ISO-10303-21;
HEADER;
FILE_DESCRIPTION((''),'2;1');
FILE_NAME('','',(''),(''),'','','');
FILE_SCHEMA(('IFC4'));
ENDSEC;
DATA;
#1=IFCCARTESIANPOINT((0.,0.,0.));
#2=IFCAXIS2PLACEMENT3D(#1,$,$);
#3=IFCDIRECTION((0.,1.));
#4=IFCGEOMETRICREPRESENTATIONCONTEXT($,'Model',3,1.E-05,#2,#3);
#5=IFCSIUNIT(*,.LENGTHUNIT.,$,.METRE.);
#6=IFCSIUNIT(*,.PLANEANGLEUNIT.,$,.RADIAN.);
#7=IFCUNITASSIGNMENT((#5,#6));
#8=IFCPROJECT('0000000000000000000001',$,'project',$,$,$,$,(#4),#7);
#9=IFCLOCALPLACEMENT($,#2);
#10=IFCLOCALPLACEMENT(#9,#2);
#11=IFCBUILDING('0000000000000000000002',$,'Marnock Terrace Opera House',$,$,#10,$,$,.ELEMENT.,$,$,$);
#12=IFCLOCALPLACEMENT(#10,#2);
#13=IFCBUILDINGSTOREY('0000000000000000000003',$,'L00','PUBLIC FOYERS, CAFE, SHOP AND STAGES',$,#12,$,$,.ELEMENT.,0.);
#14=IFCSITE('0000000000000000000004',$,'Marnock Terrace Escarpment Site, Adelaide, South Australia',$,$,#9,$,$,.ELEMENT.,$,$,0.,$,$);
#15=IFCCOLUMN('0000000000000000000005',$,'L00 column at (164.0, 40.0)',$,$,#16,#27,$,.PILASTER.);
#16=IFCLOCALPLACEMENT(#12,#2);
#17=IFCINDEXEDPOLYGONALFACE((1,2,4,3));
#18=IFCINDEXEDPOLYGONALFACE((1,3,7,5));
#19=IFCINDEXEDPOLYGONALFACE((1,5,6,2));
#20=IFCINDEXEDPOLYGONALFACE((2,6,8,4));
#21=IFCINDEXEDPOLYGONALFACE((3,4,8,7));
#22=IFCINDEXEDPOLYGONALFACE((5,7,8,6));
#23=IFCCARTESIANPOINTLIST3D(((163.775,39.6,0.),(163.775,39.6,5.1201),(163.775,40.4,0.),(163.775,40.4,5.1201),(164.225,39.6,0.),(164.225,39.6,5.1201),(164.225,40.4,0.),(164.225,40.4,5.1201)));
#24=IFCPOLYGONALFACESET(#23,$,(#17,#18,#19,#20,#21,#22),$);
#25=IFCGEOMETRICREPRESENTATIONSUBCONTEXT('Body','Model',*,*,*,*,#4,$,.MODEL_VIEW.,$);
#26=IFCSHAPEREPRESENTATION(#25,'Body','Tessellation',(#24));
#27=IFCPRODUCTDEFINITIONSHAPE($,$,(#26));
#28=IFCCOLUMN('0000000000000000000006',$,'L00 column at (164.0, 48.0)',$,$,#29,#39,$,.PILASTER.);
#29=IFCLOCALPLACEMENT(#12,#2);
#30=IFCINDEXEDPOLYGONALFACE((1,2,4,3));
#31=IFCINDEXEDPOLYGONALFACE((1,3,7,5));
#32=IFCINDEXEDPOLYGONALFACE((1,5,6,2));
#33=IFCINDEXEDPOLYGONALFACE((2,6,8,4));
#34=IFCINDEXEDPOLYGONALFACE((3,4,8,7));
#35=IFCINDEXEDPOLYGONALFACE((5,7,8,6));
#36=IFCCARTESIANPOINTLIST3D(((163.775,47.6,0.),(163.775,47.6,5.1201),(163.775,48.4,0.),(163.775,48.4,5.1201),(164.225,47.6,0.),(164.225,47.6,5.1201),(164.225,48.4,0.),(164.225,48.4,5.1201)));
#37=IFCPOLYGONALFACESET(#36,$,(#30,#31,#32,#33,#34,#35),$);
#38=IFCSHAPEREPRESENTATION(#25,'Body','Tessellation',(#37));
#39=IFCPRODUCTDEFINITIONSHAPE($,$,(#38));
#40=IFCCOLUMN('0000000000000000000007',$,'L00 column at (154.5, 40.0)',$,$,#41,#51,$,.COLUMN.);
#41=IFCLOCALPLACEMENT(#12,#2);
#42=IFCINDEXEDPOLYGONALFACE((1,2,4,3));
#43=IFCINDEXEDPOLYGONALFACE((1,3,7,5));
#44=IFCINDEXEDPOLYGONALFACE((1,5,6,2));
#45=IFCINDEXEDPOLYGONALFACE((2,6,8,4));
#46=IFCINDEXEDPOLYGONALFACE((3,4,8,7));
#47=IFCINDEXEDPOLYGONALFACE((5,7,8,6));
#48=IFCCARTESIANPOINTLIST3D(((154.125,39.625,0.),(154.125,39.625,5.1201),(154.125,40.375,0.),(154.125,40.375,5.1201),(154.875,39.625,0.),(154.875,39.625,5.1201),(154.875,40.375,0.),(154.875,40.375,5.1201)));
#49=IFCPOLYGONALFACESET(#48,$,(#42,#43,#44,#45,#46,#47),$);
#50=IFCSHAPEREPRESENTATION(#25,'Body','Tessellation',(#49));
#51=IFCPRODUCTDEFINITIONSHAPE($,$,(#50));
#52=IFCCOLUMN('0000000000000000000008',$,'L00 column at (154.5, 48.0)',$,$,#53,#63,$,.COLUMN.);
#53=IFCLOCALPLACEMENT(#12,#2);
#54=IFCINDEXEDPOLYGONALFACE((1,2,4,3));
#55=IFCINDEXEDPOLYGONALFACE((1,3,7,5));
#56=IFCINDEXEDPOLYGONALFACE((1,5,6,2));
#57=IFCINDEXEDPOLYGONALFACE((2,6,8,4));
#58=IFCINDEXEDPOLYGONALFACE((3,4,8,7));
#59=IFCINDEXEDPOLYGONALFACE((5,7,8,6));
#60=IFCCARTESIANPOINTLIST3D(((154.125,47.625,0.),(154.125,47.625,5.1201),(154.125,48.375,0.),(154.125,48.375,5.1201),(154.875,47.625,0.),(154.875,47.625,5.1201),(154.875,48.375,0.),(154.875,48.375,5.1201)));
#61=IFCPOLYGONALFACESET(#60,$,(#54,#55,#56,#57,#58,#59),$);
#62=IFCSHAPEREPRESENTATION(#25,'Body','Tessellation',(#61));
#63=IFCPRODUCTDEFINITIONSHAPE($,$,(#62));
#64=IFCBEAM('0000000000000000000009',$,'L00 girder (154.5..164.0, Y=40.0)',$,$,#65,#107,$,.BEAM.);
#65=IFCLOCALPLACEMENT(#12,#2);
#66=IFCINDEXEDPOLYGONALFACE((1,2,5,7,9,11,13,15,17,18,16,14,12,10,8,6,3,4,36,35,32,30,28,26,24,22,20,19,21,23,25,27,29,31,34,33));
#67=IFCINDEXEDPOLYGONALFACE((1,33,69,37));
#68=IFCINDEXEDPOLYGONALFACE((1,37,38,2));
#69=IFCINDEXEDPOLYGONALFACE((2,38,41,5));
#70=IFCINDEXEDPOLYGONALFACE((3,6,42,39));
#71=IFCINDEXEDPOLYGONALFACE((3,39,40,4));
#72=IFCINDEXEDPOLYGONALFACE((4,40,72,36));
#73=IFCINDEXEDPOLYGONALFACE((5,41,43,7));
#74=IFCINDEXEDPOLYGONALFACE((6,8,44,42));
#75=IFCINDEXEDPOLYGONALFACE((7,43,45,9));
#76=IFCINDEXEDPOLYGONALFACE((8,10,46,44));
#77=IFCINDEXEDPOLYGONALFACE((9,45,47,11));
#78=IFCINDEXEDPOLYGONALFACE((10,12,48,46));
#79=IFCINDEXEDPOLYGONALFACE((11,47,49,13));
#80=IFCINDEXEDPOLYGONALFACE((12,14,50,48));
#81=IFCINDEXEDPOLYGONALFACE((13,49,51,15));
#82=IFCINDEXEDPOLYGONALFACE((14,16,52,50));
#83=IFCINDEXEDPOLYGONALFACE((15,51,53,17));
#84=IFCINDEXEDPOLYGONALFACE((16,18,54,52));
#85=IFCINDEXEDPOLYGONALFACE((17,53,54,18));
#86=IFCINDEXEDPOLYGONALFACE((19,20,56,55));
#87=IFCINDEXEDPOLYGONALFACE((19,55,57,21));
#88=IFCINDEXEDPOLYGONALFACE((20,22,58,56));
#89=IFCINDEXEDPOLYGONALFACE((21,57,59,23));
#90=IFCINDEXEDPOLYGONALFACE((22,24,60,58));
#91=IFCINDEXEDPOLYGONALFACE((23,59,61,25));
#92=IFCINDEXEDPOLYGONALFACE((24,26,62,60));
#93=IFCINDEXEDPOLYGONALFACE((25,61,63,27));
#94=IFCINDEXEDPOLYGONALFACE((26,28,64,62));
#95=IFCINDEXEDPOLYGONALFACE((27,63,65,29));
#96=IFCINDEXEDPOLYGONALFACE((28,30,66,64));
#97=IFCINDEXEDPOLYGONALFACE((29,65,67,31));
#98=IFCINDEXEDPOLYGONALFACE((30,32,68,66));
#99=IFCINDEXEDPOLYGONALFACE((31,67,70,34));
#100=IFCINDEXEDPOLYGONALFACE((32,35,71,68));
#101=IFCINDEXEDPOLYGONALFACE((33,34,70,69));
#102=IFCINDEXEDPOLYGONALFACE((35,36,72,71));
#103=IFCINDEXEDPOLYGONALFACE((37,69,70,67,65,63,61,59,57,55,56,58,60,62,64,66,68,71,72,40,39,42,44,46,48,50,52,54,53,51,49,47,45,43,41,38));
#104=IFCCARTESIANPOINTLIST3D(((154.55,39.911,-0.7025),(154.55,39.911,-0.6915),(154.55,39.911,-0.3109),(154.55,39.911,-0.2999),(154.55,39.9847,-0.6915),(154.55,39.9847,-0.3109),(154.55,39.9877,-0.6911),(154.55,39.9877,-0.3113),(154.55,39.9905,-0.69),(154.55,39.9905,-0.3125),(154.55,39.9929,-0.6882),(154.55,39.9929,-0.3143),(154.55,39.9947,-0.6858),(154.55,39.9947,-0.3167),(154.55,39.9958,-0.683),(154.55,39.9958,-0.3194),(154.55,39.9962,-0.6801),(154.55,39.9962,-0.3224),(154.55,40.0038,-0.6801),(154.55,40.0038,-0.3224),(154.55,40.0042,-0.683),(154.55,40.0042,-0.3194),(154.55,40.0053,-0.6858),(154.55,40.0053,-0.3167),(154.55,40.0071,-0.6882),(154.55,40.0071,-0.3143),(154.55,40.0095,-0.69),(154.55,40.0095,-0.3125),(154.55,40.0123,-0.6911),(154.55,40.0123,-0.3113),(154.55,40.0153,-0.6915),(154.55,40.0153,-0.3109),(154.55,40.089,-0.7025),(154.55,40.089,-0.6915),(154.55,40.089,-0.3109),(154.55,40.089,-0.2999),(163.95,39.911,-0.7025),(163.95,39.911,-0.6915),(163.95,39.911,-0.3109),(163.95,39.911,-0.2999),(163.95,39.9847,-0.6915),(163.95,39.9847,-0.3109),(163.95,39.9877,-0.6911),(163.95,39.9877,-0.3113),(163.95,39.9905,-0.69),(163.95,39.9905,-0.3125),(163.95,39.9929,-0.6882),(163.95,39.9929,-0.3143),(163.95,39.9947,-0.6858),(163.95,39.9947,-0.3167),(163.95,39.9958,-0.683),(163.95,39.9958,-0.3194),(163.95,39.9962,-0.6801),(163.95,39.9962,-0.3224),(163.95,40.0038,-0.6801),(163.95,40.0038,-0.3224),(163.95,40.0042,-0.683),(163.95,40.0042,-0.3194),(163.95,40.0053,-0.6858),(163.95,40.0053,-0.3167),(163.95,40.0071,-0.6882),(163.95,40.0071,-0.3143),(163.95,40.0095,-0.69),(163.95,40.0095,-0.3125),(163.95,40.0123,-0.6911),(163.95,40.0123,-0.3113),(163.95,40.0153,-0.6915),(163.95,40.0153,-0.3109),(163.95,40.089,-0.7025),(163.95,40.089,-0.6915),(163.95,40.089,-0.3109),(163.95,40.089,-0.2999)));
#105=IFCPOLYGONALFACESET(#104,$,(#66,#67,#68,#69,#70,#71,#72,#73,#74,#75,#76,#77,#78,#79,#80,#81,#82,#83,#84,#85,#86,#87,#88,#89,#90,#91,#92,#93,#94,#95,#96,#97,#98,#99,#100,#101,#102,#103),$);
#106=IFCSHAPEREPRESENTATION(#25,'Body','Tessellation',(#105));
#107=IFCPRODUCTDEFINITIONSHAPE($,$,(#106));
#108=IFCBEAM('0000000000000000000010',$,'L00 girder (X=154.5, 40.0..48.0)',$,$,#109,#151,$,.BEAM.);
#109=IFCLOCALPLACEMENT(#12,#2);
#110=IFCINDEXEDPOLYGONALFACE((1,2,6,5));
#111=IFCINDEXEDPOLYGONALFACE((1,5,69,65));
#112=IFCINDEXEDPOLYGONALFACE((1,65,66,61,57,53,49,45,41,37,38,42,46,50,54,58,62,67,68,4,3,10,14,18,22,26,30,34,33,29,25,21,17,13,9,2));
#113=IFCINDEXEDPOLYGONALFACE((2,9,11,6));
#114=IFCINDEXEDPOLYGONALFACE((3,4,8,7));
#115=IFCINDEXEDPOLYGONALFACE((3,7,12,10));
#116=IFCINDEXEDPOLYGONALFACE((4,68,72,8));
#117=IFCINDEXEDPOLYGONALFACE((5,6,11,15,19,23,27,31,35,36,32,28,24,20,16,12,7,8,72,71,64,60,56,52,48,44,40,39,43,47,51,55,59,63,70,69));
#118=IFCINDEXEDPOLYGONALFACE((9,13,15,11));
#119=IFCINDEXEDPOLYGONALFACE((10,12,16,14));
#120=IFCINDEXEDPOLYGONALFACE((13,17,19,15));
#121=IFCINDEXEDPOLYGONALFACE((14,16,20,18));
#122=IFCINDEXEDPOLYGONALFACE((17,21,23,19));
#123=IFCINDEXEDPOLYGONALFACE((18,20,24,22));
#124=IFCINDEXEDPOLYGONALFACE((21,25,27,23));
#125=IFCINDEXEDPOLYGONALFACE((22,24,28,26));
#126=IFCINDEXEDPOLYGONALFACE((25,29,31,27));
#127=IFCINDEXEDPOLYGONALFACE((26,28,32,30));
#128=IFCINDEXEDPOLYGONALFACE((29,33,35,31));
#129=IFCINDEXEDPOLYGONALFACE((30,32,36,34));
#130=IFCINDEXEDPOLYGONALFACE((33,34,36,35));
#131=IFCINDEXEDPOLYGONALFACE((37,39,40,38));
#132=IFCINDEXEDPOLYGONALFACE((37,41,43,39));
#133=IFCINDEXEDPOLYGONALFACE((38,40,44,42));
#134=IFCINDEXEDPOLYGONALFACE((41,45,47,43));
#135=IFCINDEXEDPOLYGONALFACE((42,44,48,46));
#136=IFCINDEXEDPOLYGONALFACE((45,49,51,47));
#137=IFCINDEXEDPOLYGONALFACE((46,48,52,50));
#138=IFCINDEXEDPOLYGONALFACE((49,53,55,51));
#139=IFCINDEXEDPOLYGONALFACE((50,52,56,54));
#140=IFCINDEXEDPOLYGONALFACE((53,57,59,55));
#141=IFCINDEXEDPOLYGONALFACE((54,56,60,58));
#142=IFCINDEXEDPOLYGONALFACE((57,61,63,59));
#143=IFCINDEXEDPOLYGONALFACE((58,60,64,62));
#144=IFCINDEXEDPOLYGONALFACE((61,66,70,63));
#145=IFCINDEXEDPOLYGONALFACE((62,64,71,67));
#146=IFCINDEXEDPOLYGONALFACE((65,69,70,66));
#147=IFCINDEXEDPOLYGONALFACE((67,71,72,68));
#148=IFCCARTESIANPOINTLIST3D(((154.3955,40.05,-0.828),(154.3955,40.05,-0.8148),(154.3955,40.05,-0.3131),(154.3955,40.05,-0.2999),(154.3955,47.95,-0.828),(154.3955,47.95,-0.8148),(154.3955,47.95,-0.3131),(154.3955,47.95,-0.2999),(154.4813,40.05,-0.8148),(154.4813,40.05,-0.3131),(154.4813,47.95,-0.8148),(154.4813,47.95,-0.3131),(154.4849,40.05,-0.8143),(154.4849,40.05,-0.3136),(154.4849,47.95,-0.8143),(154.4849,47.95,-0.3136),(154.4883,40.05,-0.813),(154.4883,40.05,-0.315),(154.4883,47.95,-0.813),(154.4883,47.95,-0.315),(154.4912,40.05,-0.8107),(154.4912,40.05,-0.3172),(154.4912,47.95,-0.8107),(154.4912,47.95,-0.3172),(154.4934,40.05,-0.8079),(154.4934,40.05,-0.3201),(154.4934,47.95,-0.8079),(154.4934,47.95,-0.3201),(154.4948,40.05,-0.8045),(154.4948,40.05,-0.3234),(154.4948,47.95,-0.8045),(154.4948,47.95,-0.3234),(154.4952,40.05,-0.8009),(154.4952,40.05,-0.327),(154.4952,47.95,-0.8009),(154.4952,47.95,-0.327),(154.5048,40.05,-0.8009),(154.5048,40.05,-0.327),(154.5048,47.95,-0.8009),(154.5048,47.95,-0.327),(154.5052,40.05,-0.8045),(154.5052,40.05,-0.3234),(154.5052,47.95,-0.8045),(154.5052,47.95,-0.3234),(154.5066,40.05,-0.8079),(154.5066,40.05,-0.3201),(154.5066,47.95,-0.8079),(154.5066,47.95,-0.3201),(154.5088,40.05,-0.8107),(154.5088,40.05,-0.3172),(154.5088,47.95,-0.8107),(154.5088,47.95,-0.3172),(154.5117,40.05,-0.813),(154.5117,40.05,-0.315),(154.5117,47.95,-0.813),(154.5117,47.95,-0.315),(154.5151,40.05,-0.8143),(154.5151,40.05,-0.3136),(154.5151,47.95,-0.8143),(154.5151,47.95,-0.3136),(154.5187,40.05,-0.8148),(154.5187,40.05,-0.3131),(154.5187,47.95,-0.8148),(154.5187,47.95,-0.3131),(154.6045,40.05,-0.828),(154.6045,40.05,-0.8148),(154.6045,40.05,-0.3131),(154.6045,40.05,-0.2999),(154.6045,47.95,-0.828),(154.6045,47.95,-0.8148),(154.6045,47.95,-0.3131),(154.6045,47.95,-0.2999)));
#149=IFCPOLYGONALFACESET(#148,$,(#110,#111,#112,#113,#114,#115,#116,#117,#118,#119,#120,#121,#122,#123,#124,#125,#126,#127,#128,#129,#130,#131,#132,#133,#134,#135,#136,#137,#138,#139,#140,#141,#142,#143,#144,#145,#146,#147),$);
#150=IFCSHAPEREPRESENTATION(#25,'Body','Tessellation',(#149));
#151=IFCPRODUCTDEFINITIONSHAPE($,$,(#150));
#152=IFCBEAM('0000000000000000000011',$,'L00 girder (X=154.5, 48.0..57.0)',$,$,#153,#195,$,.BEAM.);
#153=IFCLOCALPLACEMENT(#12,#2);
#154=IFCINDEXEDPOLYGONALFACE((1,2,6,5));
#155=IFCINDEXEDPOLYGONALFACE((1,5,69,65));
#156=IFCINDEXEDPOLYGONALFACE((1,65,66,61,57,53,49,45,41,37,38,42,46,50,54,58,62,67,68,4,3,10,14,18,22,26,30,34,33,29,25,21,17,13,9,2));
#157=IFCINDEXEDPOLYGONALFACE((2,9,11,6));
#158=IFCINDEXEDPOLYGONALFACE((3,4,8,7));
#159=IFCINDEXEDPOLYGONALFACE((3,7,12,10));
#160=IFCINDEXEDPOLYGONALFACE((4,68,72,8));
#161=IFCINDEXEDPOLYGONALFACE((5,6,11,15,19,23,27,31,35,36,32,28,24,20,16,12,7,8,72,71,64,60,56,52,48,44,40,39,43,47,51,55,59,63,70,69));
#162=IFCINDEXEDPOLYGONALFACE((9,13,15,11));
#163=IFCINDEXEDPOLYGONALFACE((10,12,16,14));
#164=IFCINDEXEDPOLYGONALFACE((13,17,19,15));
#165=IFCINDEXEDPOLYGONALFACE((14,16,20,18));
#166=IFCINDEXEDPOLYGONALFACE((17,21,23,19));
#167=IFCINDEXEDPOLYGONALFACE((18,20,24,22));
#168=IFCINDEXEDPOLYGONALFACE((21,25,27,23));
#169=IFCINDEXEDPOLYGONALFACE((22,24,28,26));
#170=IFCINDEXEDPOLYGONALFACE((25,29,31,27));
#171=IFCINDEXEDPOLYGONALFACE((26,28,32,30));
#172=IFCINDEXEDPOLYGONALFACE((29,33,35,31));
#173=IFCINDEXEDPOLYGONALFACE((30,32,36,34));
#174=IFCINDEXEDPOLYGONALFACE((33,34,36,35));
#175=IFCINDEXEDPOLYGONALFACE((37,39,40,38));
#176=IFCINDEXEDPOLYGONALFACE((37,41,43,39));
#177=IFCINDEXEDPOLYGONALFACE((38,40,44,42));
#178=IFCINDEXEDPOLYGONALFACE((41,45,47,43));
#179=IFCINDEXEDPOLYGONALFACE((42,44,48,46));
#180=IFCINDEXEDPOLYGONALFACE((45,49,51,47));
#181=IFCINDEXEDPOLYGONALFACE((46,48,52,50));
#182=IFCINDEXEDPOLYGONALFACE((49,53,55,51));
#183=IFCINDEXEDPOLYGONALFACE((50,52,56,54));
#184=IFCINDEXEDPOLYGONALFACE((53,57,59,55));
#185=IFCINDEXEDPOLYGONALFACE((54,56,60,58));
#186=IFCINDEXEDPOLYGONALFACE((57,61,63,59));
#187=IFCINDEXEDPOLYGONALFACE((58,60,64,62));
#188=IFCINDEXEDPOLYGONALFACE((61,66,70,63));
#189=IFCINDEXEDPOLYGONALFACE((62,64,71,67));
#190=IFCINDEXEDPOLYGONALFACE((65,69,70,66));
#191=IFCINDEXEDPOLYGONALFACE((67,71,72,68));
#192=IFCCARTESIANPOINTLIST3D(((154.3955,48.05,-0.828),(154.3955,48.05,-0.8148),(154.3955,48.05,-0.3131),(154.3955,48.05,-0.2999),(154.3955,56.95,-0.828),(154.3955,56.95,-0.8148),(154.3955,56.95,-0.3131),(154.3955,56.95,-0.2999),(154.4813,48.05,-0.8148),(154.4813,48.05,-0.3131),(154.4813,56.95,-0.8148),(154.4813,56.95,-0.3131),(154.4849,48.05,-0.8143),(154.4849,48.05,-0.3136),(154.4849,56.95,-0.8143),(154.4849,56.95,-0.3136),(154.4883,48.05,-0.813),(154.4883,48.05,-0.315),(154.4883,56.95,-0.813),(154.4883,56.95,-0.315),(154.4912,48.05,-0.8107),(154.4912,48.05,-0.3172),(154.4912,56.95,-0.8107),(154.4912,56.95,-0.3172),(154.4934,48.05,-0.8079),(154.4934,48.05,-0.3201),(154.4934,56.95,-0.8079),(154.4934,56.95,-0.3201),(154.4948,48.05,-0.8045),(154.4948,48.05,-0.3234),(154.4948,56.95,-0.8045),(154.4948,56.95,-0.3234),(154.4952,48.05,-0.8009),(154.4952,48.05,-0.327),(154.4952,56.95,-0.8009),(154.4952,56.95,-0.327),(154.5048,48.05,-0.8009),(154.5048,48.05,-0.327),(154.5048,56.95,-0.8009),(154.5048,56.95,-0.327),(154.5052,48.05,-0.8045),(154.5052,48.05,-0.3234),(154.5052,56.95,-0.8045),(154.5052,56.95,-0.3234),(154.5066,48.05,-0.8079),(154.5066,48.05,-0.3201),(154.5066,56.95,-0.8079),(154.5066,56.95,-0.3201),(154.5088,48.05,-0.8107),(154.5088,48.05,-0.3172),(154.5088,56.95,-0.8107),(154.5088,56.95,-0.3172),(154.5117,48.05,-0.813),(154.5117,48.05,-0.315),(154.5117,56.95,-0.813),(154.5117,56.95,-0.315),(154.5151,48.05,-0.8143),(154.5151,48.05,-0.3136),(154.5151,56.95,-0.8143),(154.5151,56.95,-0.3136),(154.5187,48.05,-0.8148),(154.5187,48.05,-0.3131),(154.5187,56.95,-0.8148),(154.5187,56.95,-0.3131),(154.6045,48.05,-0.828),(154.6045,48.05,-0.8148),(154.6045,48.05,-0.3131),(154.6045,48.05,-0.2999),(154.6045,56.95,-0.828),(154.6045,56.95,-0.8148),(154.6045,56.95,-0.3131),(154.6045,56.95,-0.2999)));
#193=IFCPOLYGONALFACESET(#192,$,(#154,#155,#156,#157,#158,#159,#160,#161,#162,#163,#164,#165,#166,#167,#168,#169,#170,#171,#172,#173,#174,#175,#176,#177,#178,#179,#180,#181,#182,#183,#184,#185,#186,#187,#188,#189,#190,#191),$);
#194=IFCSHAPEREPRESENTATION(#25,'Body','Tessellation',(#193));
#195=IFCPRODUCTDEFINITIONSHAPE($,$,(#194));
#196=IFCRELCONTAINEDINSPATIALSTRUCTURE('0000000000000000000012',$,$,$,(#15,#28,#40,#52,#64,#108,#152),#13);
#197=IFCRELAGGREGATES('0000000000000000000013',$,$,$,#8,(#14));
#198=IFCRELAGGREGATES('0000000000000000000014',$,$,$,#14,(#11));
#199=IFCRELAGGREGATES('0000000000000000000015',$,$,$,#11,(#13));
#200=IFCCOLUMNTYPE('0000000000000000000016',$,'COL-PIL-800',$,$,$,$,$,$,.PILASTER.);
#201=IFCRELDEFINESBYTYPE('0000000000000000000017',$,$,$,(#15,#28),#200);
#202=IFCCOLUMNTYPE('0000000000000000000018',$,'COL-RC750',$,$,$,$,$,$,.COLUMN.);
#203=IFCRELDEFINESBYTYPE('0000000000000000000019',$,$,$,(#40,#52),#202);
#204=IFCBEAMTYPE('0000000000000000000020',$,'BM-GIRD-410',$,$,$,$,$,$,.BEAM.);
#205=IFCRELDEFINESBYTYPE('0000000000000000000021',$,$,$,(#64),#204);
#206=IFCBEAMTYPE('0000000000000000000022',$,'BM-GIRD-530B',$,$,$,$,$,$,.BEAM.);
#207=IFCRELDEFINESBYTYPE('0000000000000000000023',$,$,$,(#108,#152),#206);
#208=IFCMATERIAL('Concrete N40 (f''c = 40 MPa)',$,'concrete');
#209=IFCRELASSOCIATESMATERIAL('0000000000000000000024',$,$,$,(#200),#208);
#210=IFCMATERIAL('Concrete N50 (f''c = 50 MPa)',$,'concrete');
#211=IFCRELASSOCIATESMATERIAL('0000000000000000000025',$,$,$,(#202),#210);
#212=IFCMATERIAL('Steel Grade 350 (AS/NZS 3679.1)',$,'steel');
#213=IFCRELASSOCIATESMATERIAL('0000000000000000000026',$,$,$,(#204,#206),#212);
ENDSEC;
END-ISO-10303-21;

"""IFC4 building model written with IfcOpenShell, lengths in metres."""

from ifc_helpers import new_model, si_unit, direction, frame, origin, origin_2d, place, context, subcontext, project, spatial, rectangle, i_section, extrude, material, material_profile, profile_set, type_object, element, save


model = new_model("IFC4")

# Units and contexts
model_context = context("Model", 3, precision=1e-05, world=origin(), true_north=direction((0.0, 1.0)))
body_context = subcontext(model_context, "Body", "Model", "MODEL_VIEW")
ifc_project = project(units=[si_unit("LENGTHUNIT", "METRE"), si_unit("PLANEANGLEUNIT", "RADIAN")], contexts=[model_context])

# Site, building, storey
site_placement = place(None, origin())
site = spatial("IfcSite", under=ifc_project, at=site_placement, Name="Marnock Terrace Escarpment Site, Adelaide, South Australia", CompositionType="ELEMENT", RefElevation=0.0)
building_placement = place(site_placement, origin())
building = spatial("IfcBuilding", under=site, at=building_placement, Name="Marnock Terrace Opera House", CompositionType="ELEMENT")
storey_placement = place(building_placement, origin())
storey = spatial("IfcBuildingStorey", under=building, at=storey_placement, Name="L00", Description="PUBLIC FOYERS, CAFE, SHOP AND STAGES", CompositionType="ELEMENT", Elevation=0.0)

# Columns
ifc_material_1 = material(Name="Concrete N40 (f'c = 40 MPa)", Category="concrete")
ifc_material_profile_1 = material_profile(ifc_material_1, rectangle(XDim=0.45, YDim=0.8, at=origin_2d()))
ifc_profile_set_1 = profile_set([ifc_material_profile_1], Name="Concrete N40 (f'c = 40 MPa)")
column_type_1 = type_object("IfcColumnType", Name="COL-PIL-800", PredefinedType="PILASTER", material=ifc_profile_set_1)
for number, where, z_axis, x_axis, name in (
    (1, (164.0, 40.0, 0.0), (0.0, 0.0, 1.0), (1.0, 0.0, 0.0), "L00 column at (164.0, 40.0)"),
    (2, (164.0, 48.0, 0.0), (0.0, 0.0, 1.0), (1.0, 0.0, 0.0), "L00 column at (164.0, 48.0)"),
):
    element("IfcColumn", number, at=place(storey_placement, frame(where, z_axis=z_axis, x_axis=x_axis)), inside=storey, type_object=column_type_1, Name=name, PredefinedType="PILASTER", context=body_context, shape_type="SweptSolid", body=[
        extrude(rectangle(XDim=0.45, YDim=0.8, at=origin_2d()), origin(), (0.0, 0.0, 1.0), 5.1201),
    ])
ifc_material_2 = material(Name="Concrete N50 (f'c = 50 MPa)", Category="concrete")
ifc_material_profile_2 = material_profile(ifc_material_2, rectangle(XDim=0.75, YDim=0.75, at=origin_2d()))
ifc_profile_set_2 = profile_set([ifc_material_profile_2], Name="Concrete N50 (f'c = 50 MPa)")
column_type_2 = type_object("IfcColumnType", Name="COL-RC750", PredefinedType="COLUMN", material=ifc_profile_set_2)
for number, where, z_axis, x_axis, name in (
    (3, (154.5, 40.0, 0.0), (0.0, 0.0, 1.0), (1.0, 0.0, 0.0), "L00 column at (154.5, 40.0)"),
    (4, (154.5, 48.0, 0.0), (0.0, 0.0, 1.0), (1.0, 0.0, 0.0), "L00 column at (154.5, 48.0)"),
):
    element("IfcColumn", number, at=place(storey_placement, frame(where, z_axis=z_axis, x_axis=x_axis)), inside=storey, type_object=column_type_2, Name=name, PredefinedType="COLUMN", context=body_context, shape_type="SweptSolid", body=[
        extrude(rectangle(XDim=0.75, YDim=0.75, at=origin_2d()), origin(), (0.0, 0.0, 1.0), 5.1201),
    ])

# Beams
ifc_material_3 = material(Name="Steel Grade 350 (AS/NZS 3679.1)", Category="steel")
ifc_material_profile_3 = material_profile(ifc_material_3, i_section(OverallWidth=0.178, OverallDepth=0.4026, WebThickness=0.0076, FlangeThickness=0.011, FilletRadius=0.0115, at=origin_2d()))
ifc_profile_set_3 = profile_set([ifc_material_profile_3], Name="Steel Grade 350 (AS/NZS 3679.1)")
beam_type_1 = type_object("IfcBeamType", Name="BM-GIRD-410", PredefinedType="BEAM", material=ifc_profile_set_3)
beam_1_placement = place(storey_placement, frame((154.55, 40.0, -0.5012), z_axis=(1.0, 0.0, 0.0), x_axis=(0.0, 1.0, 0.0)))
element("IfcBeam", 5, at=beam_1_placement, inside=storey, type_object=beam_type_1, Name="L00 girder (154.5..164.0, Y=40.0)", PredefinedType="BEAM", context=body_context, shape_type="SweptSolid", body=[
    extrude(i_section(OverallWidth=0.178, OverallDepth=0.4026, WebThickness=0.0076, FlangeThickness=0.011, FilletRadius=0.0115, at=origin_2d()), origin(), (0.0, 0.0, 1.0), 9.3999),
])
ifc_material_profile_4 = material_profile(ifc_material_3, i_section(OverallWidth=0.209, OverallDepth=0.5281, WebThickness=0.0095, FlangeThickness=0.0132, FilletRadius=0.0139, at=origin_2d()))
ifc_profile_set_4 = profile_set([ifc_material_profile_4], Name="Steel Grade 350 (AS/NZS 3679.1)")
beam_type_2 = type_object("IfcBeamType", Name="BM-GIRD-530B", PredefinedType="BEAM", material=ifc_profile_set_4)
beam_2_placement = place(storey_placement, frame((154.5, 40.05, -0.564), z_axis=(0.0, 1.0, 0.0), x_axis=(-1.0, 0.0, 0.0)))
element("IfcBeam", 6, at=beam_2_placement, inside=storey, type_object=beam_type_2, Name="L00 girder (X=154.5, 40.0..48.0)", PredefinedType="BEAM", context=body_context, shape_type="SweptSolid", body=[
    extrude(i_section(OverallWidth=0.209, OverallDepth=0.5281, WebThickness=0.0095, FlangeThickness=0.0132, FilletRadius=0.0139, at=origin_2d()), origin(), (0.0, 0.0, 1.0), 7.8999),
])
beam_3_placement = place(storey_placement, frame((154.5, 48.05, -0.564), z_axis=(0.0, 1.0, 0.0), x_axis=(-1.0, 0.0, 0.0)))
element("IfcBeam", 7, at=beam_3_placement, inside=storey, type_object=beam_type_2, Name="L00 girder (X=154.5, 48.0..57.0)", PredefinedType="BEAM", context=body_context, shape_type="SweptSolid", body=[
    extrude(i_section(OverallWidth=0.209, OverallDepth=0.5281, WebThickness=0.0095, FlangeThickness=0.0132, FilletRadius=0.0139, at=origin_2d()), origin(), (0.0, 0.0, 1.0), 8.8999),
])

save(model, "model.ifc")
